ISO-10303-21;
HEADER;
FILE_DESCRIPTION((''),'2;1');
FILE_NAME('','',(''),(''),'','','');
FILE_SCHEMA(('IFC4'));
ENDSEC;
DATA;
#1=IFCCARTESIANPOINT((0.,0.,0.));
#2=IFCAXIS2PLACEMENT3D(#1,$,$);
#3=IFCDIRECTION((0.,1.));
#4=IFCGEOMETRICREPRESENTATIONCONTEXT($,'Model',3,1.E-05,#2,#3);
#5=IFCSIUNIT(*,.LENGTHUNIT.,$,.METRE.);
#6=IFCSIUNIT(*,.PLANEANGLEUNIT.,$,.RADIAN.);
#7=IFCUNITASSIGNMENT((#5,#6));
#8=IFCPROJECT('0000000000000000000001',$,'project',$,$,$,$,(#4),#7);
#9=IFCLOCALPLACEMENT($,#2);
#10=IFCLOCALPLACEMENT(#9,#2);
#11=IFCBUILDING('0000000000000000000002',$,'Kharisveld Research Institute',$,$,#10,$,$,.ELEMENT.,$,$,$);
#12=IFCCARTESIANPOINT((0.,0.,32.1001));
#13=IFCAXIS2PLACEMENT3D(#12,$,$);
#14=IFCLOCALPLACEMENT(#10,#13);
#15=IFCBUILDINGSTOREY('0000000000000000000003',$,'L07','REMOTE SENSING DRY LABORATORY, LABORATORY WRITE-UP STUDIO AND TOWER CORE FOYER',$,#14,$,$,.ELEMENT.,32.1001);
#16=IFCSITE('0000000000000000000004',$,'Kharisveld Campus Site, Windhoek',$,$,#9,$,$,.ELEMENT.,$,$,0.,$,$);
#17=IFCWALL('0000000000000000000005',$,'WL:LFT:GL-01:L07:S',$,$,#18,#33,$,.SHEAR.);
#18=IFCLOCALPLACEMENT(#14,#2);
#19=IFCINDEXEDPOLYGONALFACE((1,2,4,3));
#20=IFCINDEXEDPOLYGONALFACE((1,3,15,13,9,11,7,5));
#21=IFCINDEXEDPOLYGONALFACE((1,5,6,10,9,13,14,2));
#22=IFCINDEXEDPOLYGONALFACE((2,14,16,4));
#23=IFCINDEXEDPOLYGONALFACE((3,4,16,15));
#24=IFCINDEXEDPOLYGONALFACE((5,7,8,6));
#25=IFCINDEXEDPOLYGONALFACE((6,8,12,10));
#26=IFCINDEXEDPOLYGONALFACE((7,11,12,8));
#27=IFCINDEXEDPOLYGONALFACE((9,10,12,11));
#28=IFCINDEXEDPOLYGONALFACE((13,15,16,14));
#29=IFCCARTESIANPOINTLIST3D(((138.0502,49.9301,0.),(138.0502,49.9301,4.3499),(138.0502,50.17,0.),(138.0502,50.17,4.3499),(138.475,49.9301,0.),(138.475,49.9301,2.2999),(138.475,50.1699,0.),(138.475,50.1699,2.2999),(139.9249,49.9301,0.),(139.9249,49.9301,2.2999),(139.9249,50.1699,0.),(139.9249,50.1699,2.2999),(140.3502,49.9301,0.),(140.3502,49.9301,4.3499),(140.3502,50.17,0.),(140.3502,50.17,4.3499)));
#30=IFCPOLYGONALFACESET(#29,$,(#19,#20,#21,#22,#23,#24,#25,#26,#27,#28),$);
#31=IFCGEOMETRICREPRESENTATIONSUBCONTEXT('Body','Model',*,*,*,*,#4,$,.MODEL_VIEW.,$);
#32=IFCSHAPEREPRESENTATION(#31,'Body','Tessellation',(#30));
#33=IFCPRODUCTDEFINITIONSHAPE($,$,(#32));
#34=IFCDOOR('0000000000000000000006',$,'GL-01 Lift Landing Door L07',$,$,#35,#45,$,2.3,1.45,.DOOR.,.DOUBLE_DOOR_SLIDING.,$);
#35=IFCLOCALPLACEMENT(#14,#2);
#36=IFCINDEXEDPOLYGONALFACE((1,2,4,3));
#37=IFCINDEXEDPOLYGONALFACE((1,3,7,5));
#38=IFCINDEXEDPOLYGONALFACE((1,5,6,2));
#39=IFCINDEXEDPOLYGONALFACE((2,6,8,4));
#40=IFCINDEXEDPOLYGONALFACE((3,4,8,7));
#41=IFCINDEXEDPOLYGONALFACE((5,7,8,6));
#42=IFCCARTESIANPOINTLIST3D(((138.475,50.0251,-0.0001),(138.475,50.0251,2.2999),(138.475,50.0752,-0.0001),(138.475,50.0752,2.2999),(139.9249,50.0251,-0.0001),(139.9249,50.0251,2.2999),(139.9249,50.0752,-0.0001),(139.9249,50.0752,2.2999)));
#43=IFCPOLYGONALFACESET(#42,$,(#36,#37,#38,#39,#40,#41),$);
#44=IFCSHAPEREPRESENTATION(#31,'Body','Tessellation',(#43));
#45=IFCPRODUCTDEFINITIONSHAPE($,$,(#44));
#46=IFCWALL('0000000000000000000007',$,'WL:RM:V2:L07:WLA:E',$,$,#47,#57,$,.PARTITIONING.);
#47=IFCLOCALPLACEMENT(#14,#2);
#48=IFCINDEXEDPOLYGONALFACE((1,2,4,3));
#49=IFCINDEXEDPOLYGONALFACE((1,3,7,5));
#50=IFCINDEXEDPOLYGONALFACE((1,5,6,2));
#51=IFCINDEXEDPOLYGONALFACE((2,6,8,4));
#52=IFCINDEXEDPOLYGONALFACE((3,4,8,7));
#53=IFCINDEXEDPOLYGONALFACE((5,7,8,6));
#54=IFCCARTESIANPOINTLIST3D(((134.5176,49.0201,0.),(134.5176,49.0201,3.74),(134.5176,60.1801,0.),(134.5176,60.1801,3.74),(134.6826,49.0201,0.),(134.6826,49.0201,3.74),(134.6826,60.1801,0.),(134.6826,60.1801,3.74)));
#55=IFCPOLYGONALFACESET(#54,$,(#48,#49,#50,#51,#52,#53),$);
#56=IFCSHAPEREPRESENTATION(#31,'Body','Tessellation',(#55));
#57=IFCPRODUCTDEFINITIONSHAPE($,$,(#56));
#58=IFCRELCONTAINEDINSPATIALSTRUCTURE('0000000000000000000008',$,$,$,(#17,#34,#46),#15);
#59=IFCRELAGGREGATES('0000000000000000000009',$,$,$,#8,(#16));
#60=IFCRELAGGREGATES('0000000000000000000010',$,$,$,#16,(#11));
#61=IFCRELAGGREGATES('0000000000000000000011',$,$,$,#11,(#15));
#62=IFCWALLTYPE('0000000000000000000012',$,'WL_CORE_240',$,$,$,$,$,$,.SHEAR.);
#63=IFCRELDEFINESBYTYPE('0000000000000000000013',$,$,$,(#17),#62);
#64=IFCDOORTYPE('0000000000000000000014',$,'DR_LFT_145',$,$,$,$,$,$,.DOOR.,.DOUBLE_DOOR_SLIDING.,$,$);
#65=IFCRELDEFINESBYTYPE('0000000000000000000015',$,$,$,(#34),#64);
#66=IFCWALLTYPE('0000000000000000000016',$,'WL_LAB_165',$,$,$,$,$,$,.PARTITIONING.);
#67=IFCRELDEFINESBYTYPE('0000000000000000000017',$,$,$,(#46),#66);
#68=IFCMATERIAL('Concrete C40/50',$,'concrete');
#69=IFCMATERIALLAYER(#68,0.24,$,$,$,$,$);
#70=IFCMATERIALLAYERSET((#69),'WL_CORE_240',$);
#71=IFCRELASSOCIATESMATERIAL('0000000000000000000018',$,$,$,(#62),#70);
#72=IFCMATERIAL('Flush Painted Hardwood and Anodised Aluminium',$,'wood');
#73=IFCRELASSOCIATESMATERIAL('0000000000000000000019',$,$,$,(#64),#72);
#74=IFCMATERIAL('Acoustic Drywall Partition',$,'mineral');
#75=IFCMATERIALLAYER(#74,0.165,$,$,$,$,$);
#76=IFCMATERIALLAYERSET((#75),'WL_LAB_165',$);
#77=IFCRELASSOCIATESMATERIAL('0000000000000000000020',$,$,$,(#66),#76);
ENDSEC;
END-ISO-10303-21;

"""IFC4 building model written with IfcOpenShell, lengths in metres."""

from ifc_helpers import new_model, si_unit, direction, frame, frame_2d, origin, place, context, subcontext, project, spatial, rectangle, extrude, material, layer, layer_set, type_object, element, fill, save


model = new_model("IFC4")

# Units and contexts
model_context = context("Model", 3, precision=1e-05, world=origin(), true_north=direction((0.0, 1.0)))
body_context = subcontext(model_context, "Body", "Model", "MODEL_VIEW")
ifc_project = project(units=[si_unit("LENGTHUNIT", "METRE"), si_unit("PLANEANGLEUNIT", "RADIAN")], contexts=[model_context])

# Site, building, storey
site_placement = place(None, origin())
site = spatial("IfcSite", under=ifc_project, at=site_placement, Name="Kharisveld Campus Site, Windhoek", CompositionType="ELEMENT", RefElevation=0.0)
building_placement = place(site_placement, origin())
building = spatial("IfcBuilding", under=site, at=building_placement, Name="Kharisveld Research Institute", CompositionType="ELEMENT")
storey_placement = place(building_placement, frame((0.0, 0.0, 32.1001)))
storey = spatial("IfcBuildingStorey", under=building, at=storey_placement, Name="L07", Description="REMOTE SENSING DRY LABORATORY, LABORATORY WRITE-UP STUDIO AND TOWER CORE FOYER", CompositionType="ELEMENT", Elevation=32.1001)

# Shared definitions
ifc_material_1 = material(Name="Concrete C40/50", Category="concrete")
ifc_layer_1 = layer(ifc_material_1, 0.24)
ifc_layer_set_1 = layer_set([ifc_layer_1], Name="WL_CORE_240")
wall_type_1 = type_object("IfcWallType", Name="WL_CORE_240", PredefinedType="SHEAR", material=ifc_layer_set_1)

# Wall, opening, door
wall_1_placement = place(storey_placement, frame((140.3501, 50.05, 0.0), z_axis=(0.0, 0.0, 1.0), x_axis=(-1.0, 0.0, 0.0)))
wall_1 = element("IfcWall", 1, at=wall_1_placement, inside=storey, type_object=wall_type_1, Name="WL:LFT:GL-01:L07:S", PredefinedType="SHEAR", context=body_context, shape_type="SweptSolid", body=[
    extrude(rectangle(XDim=2.3, YDim=0.24, at=frame_2d((1.1499, 0.0))), origin(), (0.0, 0.0, 1.0), 4.3499),
])
opening_1_placement = place(wall_1_placement, frame((0.425, 0.0, 0.0)))
opening_1 = element("IfcOpeningElement", 2, at=opening_1_placement, cuts=wall_1, PredefinedType="OPENING", context=body_context, shape_type="SweptSolid", body=[
    extrude(rectangle(XDim=1.45, YDim=2.3, at=frame_2d((0.7251, 1.1499))), frame((0.0, 0.1201, 0.0), z_axis=(0.0, -1.0, 0.0), x_axis=(1.0, 0.0, 0.0)), (0.0, 0.0, 1.0), 0.24),
])
ifc_material_2 = material(Name="Flush Painted Hardwood and Anodised Aluminium", Category="wood")
door_type_1 = type_object("IfcDoorType", Name="DR_LFT_145", OperationType="DOUBLE_DOOR_SLIDING", PredefinedType="DOOR", material=ifc_material_2)
door_1_placement = place(opening_1_placement, origin())
door_1 = element("IfcDoor", 3, at=door_1_placement, inside=storey, type_object=door_type_1, Name="GL-01 Lift Landing Door L07", OperationType="DOUBLE_DOOR_SLIDING", OverallHeight=2.3, OverallWidth=1.45, PredefinedType="DOOR", context=body_context, shape_type="SweptSolid", body=[
    extrude(rectangle(XDim=1.45, YDim=2.3, at=frame_2d((0.7251, 1.1499))), frame((0.0, 0.0249, 0.0), z_axis=(0.0, -1.0, 0.0), x_axis=(1.0, 0.0, 0.0)), (0.0, 0.0, 1.0), 0.05),
])
fill(opening_1, door_1)

# Wall
ifc_material_3 = material(Name="Acoustic Drywall Partition", Category="mineral")
ifc_layer_2 = layer(ifc_material_3, 0.165)
ifc_layer_set_2 = layer_set([ifc_layer_2], Name="WL_LAB_165")
wall_type_2 = type_object("IfcWallType", Name="WL_LAB_165", PredefinedType="PARTITIONING", material=ifc_layer_set_2)
wall_2_placement = place(storey_placement, frame((134.6001, 49.02, 0.0), z_axis=(0.0, 0.0, 1.0), x_axis=(0.0, 1.0, 0.0)))
element("IfcWall", 4, at=wall_2_placement, inside=storey, type_object=wall_type_2, Name="WL:RM:V2:L07:WLA:E", PredefinedType="PARTITIONING", context=body_context, shape_type="SweptSolid", body=[
    extrude(rectangle(XDim=11.1599, YDim=0.165, at=frame_2d((5.5801, 0.0))), origin(), (0.0, 0.0, 1.0), 3.74),
])

save(model, "model.ifc")
